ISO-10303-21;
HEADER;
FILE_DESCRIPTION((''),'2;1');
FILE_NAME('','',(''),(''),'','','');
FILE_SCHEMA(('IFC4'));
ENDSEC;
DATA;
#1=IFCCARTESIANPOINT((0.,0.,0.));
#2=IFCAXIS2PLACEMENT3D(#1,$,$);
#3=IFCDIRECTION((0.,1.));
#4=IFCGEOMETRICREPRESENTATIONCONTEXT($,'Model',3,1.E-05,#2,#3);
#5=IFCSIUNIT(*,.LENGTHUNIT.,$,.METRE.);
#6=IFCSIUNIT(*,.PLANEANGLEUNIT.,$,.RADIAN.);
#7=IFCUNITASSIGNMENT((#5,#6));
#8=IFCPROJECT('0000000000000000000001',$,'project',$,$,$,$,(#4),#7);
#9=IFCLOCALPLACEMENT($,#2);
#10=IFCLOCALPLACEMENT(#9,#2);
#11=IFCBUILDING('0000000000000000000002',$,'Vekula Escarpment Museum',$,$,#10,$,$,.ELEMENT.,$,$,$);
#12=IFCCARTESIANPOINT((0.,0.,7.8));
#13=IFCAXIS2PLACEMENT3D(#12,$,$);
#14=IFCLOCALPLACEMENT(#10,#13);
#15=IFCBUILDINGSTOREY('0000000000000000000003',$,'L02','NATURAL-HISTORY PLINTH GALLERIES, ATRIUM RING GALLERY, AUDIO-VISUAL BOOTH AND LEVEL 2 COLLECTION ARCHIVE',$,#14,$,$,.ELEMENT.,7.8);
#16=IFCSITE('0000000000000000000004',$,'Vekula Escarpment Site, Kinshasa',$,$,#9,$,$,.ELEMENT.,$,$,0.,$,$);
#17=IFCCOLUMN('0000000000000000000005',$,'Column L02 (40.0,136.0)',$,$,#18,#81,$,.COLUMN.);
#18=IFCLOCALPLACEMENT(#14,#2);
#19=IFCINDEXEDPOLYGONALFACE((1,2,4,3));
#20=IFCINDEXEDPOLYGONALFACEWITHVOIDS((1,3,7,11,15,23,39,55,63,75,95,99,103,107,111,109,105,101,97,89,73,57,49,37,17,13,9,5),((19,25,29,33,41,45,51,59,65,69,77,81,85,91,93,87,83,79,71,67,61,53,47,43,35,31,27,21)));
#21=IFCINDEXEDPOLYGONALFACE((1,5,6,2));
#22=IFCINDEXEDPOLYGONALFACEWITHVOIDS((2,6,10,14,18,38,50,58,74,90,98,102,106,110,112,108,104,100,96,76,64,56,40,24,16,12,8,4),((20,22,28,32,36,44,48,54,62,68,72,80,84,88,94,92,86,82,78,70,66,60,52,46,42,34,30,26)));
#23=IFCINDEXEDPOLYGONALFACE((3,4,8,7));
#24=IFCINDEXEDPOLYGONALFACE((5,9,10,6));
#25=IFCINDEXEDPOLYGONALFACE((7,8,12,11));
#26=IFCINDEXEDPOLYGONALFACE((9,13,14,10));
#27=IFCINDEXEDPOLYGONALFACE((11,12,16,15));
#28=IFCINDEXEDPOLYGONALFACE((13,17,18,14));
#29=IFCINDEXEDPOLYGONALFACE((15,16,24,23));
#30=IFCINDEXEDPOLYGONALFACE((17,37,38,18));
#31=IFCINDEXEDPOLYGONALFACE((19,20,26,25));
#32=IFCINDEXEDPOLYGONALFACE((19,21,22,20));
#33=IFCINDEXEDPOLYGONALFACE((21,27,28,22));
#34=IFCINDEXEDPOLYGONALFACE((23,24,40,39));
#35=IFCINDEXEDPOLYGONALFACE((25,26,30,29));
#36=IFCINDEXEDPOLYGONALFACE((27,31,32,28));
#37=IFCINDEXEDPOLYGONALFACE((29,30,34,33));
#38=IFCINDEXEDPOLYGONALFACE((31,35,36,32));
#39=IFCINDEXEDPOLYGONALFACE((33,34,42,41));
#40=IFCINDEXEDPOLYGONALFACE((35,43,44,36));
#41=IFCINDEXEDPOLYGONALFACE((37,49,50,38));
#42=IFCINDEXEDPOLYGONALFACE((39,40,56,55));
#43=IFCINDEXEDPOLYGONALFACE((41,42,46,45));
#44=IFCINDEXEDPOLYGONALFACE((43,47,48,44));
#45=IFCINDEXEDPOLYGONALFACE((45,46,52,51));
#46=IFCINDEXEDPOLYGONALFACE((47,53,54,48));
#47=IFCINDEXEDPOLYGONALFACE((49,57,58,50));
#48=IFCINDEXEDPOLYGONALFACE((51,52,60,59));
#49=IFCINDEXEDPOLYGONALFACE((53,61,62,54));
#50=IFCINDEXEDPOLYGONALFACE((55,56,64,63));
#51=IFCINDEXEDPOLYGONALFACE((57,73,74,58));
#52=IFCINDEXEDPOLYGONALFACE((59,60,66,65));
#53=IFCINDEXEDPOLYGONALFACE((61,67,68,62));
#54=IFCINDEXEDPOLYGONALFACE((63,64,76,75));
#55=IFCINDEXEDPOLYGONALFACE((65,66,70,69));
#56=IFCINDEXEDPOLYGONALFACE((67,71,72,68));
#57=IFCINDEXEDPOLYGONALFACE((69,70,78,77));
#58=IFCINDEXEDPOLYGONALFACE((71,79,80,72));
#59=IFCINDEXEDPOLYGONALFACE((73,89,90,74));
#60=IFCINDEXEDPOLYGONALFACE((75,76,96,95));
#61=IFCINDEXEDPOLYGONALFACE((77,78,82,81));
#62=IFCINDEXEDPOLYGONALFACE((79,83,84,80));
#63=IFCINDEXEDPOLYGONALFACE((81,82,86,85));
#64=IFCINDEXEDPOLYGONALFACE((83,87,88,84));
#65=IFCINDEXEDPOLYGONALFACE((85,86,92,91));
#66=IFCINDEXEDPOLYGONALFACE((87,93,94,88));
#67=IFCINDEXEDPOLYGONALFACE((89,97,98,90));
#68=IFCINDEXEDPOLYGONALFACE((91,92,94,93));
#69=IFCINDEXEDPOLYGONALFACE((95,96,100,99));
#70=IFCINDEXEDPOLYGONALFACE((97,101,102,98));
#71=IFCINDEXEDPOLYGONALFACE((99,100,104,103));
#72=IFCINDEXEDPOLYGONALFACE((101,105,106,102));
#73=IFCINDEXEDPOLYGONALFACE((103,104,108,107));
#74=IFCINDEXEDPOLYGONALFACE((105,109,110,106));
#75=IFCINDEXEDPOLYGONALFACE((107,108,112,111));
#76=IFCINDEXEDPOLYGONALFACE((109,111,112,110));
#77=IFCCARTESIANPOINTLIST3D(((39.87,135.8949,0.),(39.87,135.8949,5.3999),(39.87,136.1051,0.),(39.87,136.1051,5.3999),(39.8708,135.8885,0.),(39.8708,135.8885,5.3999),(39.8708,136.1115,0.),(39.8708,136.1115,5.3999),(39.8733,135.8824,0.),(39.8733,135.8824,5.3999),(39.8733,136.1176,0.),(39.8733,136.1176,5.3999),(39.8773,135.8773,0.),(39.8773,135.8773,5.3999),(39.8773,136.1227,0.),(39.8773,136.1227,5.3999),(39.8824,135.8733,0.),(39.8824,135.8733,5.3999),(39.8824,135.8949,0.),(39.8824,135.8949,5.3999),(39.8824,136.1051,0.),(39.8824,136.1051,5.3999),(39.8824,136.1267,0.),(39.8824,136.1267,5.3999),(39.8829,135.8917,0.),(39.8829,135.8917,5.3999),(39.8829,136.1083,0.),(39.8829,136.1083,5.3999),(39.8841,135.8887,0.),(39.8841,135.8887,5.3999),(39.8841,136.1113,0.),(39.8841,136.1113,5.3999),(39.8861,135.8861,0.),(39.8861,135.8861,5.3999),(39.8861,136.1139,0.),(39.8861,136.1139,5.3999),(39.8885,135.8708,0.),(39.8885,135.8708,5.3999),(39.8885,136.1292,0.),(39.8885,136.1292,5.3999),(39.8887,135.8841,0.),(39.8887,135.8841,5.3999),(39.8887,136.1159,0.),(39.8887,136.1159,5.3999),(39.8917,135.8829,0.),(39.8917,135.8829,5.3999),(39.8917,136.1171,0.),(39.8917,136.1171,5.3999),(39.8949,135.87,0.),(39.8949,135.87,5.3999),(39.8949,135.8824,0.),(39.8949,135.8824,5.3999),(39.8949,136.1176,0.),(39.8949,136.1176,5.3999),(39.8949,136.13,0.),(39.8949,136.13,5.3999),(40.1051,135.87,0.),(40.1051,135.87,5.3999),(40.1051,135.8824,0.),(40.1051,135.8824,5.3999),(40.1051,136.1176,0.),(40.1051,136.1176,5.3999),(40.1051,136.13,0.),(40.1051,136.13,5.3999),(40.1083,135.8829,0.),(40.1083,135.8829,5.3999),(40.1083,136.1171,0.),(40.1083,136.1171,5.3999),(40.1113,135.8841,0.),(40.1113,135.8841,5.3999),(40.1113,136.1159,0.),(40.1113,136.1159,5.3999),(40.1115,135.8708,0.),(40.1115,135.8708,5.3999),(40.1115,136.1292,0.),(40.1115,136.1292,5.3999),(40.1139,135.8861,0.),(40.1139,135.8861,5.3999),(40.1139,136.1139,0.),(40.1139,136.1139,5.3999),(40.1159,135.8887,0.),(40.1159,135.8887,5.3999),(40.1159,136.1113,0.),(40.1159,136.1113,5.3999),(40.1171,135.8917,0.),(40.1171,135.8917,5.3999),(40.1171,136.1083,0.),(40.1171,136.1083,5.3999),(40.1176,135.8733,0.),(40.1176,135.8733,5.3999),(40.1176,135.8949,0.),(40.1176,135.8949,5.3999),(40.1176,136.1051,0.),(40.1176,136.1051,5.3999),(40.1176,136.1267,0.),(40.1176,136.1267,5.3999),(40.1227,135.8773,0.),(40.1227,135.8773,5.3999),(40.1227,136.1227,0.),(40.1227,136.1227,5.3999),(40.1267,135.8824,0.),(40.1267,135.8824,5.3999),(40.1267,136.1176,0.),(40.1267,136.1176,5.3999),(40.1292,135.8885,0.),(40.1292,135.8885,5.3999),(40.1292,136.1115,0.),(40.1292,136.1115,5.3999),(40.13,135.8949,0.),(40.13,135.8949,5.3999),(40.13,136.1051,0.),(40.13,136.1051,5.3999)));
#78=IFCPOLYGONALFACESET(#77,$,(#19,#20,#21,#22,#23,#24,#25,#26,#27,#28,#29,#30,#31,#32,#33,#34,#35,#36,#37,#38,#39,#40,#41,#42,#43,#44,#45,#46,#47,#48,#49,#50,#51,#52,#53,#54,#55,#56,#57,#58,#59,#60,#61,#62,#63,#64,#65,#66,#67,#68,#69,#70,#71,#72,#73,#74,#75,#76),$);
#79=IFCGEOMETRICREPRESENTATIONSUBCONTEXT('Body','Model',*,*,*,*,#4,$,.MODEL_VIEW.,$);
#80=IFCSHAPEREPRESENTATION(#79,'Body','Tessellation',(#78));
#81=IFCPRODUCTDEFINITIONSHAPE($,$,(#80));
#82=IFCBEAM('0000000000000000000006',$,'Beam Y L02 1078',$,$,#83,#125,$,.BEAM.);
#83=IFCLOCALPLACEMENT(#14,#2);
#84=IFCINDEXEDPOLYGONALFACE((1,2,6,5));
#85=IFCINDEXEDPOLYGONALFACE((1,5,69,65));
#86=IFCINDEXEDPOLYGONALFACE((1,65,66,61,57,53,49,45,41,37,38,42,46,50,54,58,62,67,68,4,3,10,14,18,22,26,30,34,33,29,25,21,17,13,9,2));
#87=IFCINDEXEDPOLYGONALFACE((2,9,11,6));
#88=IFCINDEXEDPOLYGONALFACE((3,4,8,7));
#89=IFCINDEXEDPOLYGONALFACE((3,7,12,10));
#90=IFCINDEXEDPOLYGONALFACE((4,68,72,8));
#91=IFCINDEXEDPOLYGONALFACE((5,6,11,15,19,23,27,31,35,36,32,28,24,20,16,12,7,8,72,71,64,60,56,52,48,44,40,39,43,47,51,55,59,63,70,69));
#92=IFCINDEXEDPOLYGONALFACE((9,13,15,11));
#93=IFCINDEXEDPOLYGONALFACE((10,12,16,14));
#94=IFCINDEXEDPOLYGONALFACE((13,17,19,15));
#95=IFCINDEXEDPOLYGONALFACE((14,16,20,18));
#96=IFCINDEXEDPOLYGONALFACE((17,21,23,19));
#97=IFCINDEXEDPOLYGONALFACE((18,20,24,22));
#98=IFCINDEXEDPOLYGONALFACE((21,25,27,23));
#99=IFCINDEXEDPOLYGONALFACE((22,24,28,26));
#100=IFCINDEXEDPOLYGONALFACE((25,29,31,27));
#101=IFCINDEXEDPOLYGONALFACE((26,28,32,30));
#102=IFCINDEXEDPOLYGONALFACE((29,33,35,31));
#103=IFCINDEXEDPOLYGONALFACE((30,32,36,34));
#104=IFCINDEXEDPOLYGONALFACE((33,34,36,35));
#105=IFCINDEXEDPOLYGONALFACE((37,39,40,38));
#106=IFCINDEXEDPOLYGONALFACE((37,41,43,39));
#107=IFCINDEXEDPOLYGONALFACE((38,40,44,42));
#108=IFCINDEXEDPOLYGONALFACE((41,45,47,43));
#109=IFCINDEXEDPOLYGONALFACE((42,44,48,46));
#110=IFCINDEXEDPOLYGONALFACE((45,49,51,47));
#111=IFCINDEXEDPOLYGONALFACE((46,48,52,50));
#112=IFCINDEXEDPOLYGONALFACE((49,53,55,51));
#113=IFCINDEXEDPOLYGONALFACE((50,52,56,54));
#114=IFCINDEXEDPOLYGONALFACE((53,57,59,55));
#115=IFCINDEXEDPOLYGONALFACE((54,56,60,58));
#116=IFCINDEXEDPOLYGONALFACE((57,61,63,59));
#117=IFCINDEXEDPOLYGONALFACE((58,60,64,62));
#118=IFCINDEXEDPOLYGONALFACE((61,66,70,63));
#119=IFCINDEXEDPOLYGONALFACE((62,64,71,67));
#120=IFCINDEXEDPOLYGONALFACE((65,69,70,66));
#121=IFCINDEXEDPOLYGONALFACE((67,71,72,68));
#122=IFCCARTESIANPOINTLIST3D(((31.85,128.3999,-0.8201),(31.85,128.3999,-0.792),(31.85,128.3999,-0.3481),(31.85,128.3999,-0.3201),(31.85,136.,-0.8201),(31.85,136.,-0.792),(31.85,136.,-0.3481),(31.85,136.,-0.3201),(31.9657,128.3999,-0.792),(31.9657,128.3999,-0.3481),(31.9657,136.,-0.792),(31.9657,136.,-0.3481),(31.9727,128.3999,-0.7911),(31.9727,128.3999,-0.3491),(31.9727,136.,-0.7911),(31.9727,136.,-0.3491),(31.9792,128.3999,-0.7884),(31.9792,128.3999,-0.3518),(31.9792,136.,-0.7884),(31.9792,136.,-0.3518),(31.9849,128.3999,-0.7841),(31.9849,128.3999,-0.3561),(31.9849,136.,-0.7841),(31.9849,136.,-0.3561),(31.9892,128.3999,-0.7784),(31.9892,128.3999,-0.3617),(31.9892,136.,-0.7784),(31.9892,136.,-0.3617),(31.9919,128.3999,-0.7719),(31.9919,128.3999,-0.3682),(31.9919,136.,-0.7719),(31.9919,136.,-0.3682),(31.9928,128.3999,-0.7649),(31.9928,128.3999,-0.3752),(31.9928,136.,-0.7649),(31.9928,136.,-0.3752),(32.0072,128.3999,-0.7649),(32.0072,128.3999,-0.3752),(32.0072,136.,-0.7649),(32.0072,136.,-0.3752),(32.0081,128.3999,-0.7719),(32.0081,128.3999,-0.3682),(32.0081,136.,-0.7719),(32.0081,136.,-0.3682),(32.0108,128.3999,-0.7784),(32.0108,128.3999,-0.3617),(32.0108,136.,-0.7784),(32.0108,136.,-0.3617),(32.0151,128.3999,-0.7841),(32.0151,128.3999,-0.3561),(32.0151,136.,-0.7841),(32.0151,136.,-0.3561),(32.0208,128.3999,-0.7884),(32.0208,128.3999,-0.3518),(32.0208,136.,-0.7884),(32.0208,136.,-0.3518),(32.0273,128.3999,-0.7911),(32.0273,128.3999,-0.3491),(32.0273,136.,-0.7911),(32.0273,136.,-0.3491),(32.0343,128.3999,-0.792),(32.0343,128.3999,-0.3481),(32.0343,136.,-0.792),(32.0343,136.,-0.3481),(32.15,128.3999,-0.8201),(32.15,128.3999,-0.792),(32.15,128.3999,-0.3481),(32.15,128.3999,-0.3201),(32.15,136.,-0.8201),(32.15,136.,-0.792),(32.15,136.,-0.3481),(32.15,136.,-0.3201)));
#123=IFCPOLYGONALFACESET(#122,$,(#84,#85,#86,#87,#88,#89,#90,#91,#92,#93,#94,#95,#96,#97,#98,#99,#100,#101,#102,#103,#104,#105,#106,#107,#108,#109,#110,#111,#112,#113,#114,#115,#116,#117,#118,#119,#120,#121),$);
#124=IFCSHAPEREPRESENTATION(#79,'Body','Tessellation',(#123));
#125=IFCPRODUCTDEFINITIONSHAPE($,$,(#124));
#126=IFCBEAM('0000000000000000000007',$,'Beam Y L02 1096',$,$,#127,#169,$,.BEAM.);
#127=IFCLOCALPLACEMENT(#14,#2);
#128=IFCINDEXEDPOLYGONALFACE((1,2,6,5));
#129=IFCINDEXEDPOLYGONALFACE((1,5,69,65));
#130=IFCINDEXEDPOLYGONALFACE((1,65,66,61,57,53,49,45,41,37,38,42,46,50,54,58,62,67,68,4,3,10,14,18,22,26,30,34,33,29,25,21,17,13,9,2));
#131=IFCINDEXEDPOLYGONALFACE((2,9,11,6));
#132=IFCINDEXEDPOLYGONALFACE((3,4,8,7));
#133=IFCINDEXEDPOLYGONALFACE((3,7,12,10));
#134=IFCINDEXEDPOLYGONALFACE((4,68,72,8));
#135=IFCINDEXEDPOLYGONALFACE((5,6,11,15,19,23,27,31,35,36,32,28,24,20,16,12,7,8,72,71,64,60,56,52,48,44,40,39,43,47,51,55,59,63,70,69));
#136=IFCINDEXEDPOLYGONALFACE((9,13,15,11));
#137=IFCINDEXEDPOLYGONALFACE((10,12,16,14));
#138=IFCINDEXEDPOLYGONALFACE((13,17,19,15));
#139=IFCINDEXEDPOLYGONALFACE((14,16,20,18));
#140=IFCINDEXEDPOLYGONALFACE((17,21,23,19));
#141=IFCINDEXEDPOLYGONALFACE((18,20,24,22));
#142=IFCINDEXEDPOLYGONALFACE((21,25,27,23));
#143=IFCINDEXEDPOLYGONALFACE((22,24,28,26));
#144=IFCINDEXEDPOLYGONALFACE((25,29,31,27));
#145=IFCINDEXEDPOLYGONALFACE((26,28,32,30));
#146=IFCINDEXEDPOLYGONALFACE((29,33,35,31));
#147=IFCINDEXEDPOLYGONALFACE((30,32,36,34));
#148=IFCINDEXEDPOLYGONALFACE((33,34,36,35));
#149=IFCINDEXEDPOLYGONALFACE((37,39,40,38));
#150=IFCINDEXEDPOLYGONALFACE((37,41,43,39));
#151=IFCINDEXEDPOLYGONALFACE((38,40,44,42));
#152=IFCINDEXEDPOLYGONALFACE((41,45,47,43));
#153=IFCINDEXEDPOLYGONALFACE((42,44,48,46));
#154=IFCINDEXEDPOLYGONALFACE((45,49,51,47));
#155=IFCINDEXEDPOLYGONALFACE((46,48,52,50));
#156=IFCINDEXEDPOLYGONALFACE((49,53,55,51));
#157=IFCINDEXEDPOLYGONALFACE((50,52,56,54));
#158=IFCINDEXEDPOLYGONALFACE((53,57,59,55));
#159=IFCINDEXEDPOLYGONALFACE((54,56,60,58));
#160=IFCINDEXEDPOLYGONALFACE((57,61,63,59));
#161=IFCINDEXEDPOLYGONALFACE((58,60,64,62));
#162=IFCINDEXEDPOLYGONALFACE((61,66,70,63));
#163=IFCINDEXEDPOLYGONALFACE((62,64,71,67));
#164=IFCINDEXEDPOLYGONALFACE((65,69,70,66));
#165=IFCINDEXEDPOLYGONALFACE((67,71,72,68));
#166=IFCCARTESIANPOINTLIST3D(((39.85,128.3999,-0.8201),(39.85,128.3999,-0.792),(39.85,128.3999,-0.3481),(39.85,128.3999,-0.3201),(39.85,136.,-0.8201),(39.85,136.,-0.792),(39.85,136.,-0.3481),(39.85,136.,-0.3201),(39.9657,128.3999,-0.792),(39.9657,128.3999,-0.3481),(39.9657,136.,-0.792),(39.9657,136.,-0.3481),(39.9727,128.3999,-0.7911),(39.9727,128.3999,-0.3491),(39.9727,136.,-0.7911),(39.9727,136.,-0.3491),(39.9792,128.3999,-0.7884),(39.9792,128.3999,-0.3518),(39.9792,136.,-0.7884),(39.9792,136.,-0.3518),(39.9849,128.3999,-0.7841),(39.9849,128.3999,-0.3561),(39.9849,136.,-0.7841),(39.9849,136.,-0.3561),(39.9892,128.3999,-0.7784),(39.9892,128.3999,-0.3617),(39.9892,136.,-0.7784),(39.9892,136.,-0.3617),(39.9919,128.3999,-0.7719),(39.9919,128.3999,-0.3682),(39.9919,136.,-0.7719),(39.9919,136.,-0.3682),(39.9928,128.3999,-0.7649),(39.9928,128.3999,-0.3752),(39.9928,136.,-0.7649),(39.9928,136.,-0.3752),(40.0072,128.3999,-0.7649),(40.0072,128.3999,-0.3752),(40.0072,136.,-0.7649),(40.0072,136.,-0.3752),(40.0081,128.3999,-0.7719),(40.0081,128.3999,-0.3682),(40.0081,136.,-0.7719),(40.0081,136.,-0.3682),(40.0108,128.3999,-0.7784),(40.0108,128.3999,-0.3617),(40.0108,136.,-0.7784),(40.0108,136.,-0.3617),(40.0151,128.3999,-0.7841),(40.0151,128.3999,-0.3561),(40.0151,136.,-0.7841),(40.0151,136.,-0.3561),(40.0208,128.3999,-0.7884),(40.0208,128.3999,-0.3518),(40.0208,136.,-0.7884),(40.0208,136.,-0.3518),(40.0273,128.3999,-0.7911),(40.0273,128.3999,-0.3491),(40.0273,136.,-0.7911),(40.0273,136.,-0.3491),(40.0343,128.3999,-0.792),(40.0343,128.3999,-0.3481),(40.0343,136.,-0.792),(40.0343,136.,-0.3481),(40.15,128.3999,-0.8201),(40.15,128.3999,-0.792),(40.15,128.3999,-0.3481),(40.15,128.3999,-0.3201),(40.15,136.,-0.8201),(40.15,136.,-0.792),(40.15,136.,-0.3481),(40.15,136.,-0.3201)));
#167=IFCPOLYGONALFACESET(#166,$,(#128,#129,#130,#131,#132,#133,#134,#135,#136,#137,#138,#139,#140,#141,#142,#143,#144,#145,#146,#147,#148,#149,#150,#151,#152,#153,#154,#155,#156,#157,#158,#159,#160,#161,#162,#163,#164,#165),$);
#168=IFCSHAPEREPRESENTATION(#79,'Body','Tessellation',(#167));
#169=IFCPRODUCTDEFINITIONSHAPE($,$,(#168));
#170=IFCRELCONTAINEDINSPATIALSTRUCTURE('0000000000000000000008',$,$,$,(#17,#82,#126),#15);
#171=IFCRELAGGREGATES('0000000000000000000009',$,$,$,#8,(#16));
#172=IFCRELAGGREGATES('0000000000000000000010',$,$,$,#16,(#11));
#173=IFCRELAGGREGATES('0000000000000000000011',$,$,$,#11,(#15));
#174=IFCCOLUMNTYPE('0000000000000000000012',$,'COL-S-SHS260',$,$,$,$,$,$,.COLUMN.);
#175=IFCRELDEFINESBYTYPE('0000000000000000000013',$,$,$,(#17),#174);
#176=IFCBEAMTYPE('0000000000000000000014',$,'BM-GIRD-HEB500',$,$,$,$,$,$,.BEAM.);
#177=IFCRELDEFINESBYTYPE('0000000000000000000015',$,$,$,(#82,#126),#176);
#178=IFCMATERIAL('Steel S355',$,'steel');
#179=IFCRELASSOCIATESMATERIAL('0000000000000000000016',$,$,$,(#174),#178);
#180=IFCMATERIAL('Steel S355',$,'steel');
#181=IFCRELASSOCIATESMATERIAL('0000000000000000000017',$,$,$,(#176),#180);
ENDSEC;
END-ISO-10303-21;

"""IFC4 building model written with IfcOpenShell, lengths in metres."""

from ifc_helpers import new_model, si_unit, direction, frame, origin, origin_2d, place, context, subcontext, project, spatial, hollow_rectangle, i_section, extrude, material, material_profile, profile_set, type_object, element, save


model = new_model("IFC4")

# Units and contexts
model_context = context("Model", 3, precision=1e-05, world=origin(), true_north=direction((0.0, 1.0)))
body_context = subcontext(model_context, "Body", "Model", "MODEL_VIEW")
ifc_project = project(units=[si_unit("LENGTHUNIT", "METRE"), si_unit("PLANEANGLEUNIT", "RADIAN")], contexts=[model_context])

# Site, building, storey
site_placement = place(None, origin())
site = spatial("IfcSite", under=ifc_project, at=site_placement, Name="Vekula Escarpment Site, Kinshasa", CompositionType="ELEMENT", RefElevation=0.0)
building_placement = place(site_placement, origin())
building = spatial("IfcBuilding", under=site, at=building_placement, Name="Vekula Escarpment Museum", CompositionType="ELEMENT")
storey_placement = place(building_placement, frame((0.0, 0.0, 7.8)))
storey = spatial("IfcBuildingStorey", under=building, at=storey_placement, Name="L02", Description="NATURAL-HISTORY PLINTH GALLERIES, ATRIUM RING GALLERY, AUDIO-VISUAL BOOTH AND LEVEL 2 COLLECTION ARCHIVE", CompositionType="ELEMENT", Elevation=7.8)

# Column
ifc_material_1 = material(Name="Steel S355", Category="steel")
ifc_material_profile_1 = material_profile(ifc_material_1, hollow_rectangle(XDim=0.26, YDim=0.26, WallThickness=0.0125, InnerFilletRadius=0.0125, OuterFilletRadius=0.0249, at=origin_2d()), Name="SHS 260x260x12.5")
ifc_profile_set_1 = profile_set([ifc_material_profile_1], Name="Steel S355")
column_type_1 = type_object("IfcColumnType", Name="COL-S-SHS260", PredefinedType="COLUMN", material=ifc_profile_set_1)
column_1_placement = place(storey_placement, frame((40.0, 136.0, 0.0), z_axis=(0.0, 0.0, 1.0), x_axis=(1.0, 0.0, 0.0)))
element("IfcColumn", 1, at=column_1_placement, inside=storey, type_object=column_type_1, Name="Column L02 (40.0,136.0)", PredefinedType="COLUMN", context=body_context, shape_type="SweptSolid", body=[
    extrude(hollow_rectangle(XDim=0.26, YDim=0.26, WallThickness=0.0125, InnerFilletRadius=0.0125, OuterFilletRadius=0.0249, at=origin_2d()), origin(), (0.0, 0.0, 1.0), 5.3999),
])

# Beams
ifc_material_2 = material(Name="Steel S355", Category="steel")
ifc_material_profile_2 = material_profile(ifc_material_2, i_section(OverallWidth=0.3, OverallDepth=0.5, WebThickness=0.0144, FlangeThickness=0.0281, FilletRadius=0.0271, at=origin_2d()), Name="HEB 500")
ifc_profile_set_2 = profile_set([ifc_material_profile_2], Name="Steel S355")
beam_type_1 = type_object("IfcBeamType", Name="BM-GIRD-HEB500", PredefinedType="BEAM", material=ifc_profile_set_2)
for number, where, z_axis, x_axis, name in (
    (2, (32.0, 128.3999, -0.5701), (0.0, 1.0, 0.0), (-1.0, 0.0, 0.0), "Beam Y L02 1078"),
    (3, (40.0, 128.3999, -0.5701), (0.0, 1.0, 0.0), (-1.0, 0.0, 0.0), "Beam Y L02 1096"),
):
    element("IfcBeam", number, at=place(storey_placement, frame(where, z_axis=z_axis, x_axis=x_axis)), inside=storey, type_object=beam_type_1, Name=name, PredefinedType="BEAM", context=body_context, shape_type="SweptSolid", body=[
        extrude(i_section(OverallWidth=0.3, OverallDepth=0.5, WebThickness=0.0144, FlangeThickness=0.0281, FilletRadius=0.0271, at=origin_2d()), origin(), (0.0, 0.0, 1.0), 7.6001),
    ])

save(model, "model.ifc")
